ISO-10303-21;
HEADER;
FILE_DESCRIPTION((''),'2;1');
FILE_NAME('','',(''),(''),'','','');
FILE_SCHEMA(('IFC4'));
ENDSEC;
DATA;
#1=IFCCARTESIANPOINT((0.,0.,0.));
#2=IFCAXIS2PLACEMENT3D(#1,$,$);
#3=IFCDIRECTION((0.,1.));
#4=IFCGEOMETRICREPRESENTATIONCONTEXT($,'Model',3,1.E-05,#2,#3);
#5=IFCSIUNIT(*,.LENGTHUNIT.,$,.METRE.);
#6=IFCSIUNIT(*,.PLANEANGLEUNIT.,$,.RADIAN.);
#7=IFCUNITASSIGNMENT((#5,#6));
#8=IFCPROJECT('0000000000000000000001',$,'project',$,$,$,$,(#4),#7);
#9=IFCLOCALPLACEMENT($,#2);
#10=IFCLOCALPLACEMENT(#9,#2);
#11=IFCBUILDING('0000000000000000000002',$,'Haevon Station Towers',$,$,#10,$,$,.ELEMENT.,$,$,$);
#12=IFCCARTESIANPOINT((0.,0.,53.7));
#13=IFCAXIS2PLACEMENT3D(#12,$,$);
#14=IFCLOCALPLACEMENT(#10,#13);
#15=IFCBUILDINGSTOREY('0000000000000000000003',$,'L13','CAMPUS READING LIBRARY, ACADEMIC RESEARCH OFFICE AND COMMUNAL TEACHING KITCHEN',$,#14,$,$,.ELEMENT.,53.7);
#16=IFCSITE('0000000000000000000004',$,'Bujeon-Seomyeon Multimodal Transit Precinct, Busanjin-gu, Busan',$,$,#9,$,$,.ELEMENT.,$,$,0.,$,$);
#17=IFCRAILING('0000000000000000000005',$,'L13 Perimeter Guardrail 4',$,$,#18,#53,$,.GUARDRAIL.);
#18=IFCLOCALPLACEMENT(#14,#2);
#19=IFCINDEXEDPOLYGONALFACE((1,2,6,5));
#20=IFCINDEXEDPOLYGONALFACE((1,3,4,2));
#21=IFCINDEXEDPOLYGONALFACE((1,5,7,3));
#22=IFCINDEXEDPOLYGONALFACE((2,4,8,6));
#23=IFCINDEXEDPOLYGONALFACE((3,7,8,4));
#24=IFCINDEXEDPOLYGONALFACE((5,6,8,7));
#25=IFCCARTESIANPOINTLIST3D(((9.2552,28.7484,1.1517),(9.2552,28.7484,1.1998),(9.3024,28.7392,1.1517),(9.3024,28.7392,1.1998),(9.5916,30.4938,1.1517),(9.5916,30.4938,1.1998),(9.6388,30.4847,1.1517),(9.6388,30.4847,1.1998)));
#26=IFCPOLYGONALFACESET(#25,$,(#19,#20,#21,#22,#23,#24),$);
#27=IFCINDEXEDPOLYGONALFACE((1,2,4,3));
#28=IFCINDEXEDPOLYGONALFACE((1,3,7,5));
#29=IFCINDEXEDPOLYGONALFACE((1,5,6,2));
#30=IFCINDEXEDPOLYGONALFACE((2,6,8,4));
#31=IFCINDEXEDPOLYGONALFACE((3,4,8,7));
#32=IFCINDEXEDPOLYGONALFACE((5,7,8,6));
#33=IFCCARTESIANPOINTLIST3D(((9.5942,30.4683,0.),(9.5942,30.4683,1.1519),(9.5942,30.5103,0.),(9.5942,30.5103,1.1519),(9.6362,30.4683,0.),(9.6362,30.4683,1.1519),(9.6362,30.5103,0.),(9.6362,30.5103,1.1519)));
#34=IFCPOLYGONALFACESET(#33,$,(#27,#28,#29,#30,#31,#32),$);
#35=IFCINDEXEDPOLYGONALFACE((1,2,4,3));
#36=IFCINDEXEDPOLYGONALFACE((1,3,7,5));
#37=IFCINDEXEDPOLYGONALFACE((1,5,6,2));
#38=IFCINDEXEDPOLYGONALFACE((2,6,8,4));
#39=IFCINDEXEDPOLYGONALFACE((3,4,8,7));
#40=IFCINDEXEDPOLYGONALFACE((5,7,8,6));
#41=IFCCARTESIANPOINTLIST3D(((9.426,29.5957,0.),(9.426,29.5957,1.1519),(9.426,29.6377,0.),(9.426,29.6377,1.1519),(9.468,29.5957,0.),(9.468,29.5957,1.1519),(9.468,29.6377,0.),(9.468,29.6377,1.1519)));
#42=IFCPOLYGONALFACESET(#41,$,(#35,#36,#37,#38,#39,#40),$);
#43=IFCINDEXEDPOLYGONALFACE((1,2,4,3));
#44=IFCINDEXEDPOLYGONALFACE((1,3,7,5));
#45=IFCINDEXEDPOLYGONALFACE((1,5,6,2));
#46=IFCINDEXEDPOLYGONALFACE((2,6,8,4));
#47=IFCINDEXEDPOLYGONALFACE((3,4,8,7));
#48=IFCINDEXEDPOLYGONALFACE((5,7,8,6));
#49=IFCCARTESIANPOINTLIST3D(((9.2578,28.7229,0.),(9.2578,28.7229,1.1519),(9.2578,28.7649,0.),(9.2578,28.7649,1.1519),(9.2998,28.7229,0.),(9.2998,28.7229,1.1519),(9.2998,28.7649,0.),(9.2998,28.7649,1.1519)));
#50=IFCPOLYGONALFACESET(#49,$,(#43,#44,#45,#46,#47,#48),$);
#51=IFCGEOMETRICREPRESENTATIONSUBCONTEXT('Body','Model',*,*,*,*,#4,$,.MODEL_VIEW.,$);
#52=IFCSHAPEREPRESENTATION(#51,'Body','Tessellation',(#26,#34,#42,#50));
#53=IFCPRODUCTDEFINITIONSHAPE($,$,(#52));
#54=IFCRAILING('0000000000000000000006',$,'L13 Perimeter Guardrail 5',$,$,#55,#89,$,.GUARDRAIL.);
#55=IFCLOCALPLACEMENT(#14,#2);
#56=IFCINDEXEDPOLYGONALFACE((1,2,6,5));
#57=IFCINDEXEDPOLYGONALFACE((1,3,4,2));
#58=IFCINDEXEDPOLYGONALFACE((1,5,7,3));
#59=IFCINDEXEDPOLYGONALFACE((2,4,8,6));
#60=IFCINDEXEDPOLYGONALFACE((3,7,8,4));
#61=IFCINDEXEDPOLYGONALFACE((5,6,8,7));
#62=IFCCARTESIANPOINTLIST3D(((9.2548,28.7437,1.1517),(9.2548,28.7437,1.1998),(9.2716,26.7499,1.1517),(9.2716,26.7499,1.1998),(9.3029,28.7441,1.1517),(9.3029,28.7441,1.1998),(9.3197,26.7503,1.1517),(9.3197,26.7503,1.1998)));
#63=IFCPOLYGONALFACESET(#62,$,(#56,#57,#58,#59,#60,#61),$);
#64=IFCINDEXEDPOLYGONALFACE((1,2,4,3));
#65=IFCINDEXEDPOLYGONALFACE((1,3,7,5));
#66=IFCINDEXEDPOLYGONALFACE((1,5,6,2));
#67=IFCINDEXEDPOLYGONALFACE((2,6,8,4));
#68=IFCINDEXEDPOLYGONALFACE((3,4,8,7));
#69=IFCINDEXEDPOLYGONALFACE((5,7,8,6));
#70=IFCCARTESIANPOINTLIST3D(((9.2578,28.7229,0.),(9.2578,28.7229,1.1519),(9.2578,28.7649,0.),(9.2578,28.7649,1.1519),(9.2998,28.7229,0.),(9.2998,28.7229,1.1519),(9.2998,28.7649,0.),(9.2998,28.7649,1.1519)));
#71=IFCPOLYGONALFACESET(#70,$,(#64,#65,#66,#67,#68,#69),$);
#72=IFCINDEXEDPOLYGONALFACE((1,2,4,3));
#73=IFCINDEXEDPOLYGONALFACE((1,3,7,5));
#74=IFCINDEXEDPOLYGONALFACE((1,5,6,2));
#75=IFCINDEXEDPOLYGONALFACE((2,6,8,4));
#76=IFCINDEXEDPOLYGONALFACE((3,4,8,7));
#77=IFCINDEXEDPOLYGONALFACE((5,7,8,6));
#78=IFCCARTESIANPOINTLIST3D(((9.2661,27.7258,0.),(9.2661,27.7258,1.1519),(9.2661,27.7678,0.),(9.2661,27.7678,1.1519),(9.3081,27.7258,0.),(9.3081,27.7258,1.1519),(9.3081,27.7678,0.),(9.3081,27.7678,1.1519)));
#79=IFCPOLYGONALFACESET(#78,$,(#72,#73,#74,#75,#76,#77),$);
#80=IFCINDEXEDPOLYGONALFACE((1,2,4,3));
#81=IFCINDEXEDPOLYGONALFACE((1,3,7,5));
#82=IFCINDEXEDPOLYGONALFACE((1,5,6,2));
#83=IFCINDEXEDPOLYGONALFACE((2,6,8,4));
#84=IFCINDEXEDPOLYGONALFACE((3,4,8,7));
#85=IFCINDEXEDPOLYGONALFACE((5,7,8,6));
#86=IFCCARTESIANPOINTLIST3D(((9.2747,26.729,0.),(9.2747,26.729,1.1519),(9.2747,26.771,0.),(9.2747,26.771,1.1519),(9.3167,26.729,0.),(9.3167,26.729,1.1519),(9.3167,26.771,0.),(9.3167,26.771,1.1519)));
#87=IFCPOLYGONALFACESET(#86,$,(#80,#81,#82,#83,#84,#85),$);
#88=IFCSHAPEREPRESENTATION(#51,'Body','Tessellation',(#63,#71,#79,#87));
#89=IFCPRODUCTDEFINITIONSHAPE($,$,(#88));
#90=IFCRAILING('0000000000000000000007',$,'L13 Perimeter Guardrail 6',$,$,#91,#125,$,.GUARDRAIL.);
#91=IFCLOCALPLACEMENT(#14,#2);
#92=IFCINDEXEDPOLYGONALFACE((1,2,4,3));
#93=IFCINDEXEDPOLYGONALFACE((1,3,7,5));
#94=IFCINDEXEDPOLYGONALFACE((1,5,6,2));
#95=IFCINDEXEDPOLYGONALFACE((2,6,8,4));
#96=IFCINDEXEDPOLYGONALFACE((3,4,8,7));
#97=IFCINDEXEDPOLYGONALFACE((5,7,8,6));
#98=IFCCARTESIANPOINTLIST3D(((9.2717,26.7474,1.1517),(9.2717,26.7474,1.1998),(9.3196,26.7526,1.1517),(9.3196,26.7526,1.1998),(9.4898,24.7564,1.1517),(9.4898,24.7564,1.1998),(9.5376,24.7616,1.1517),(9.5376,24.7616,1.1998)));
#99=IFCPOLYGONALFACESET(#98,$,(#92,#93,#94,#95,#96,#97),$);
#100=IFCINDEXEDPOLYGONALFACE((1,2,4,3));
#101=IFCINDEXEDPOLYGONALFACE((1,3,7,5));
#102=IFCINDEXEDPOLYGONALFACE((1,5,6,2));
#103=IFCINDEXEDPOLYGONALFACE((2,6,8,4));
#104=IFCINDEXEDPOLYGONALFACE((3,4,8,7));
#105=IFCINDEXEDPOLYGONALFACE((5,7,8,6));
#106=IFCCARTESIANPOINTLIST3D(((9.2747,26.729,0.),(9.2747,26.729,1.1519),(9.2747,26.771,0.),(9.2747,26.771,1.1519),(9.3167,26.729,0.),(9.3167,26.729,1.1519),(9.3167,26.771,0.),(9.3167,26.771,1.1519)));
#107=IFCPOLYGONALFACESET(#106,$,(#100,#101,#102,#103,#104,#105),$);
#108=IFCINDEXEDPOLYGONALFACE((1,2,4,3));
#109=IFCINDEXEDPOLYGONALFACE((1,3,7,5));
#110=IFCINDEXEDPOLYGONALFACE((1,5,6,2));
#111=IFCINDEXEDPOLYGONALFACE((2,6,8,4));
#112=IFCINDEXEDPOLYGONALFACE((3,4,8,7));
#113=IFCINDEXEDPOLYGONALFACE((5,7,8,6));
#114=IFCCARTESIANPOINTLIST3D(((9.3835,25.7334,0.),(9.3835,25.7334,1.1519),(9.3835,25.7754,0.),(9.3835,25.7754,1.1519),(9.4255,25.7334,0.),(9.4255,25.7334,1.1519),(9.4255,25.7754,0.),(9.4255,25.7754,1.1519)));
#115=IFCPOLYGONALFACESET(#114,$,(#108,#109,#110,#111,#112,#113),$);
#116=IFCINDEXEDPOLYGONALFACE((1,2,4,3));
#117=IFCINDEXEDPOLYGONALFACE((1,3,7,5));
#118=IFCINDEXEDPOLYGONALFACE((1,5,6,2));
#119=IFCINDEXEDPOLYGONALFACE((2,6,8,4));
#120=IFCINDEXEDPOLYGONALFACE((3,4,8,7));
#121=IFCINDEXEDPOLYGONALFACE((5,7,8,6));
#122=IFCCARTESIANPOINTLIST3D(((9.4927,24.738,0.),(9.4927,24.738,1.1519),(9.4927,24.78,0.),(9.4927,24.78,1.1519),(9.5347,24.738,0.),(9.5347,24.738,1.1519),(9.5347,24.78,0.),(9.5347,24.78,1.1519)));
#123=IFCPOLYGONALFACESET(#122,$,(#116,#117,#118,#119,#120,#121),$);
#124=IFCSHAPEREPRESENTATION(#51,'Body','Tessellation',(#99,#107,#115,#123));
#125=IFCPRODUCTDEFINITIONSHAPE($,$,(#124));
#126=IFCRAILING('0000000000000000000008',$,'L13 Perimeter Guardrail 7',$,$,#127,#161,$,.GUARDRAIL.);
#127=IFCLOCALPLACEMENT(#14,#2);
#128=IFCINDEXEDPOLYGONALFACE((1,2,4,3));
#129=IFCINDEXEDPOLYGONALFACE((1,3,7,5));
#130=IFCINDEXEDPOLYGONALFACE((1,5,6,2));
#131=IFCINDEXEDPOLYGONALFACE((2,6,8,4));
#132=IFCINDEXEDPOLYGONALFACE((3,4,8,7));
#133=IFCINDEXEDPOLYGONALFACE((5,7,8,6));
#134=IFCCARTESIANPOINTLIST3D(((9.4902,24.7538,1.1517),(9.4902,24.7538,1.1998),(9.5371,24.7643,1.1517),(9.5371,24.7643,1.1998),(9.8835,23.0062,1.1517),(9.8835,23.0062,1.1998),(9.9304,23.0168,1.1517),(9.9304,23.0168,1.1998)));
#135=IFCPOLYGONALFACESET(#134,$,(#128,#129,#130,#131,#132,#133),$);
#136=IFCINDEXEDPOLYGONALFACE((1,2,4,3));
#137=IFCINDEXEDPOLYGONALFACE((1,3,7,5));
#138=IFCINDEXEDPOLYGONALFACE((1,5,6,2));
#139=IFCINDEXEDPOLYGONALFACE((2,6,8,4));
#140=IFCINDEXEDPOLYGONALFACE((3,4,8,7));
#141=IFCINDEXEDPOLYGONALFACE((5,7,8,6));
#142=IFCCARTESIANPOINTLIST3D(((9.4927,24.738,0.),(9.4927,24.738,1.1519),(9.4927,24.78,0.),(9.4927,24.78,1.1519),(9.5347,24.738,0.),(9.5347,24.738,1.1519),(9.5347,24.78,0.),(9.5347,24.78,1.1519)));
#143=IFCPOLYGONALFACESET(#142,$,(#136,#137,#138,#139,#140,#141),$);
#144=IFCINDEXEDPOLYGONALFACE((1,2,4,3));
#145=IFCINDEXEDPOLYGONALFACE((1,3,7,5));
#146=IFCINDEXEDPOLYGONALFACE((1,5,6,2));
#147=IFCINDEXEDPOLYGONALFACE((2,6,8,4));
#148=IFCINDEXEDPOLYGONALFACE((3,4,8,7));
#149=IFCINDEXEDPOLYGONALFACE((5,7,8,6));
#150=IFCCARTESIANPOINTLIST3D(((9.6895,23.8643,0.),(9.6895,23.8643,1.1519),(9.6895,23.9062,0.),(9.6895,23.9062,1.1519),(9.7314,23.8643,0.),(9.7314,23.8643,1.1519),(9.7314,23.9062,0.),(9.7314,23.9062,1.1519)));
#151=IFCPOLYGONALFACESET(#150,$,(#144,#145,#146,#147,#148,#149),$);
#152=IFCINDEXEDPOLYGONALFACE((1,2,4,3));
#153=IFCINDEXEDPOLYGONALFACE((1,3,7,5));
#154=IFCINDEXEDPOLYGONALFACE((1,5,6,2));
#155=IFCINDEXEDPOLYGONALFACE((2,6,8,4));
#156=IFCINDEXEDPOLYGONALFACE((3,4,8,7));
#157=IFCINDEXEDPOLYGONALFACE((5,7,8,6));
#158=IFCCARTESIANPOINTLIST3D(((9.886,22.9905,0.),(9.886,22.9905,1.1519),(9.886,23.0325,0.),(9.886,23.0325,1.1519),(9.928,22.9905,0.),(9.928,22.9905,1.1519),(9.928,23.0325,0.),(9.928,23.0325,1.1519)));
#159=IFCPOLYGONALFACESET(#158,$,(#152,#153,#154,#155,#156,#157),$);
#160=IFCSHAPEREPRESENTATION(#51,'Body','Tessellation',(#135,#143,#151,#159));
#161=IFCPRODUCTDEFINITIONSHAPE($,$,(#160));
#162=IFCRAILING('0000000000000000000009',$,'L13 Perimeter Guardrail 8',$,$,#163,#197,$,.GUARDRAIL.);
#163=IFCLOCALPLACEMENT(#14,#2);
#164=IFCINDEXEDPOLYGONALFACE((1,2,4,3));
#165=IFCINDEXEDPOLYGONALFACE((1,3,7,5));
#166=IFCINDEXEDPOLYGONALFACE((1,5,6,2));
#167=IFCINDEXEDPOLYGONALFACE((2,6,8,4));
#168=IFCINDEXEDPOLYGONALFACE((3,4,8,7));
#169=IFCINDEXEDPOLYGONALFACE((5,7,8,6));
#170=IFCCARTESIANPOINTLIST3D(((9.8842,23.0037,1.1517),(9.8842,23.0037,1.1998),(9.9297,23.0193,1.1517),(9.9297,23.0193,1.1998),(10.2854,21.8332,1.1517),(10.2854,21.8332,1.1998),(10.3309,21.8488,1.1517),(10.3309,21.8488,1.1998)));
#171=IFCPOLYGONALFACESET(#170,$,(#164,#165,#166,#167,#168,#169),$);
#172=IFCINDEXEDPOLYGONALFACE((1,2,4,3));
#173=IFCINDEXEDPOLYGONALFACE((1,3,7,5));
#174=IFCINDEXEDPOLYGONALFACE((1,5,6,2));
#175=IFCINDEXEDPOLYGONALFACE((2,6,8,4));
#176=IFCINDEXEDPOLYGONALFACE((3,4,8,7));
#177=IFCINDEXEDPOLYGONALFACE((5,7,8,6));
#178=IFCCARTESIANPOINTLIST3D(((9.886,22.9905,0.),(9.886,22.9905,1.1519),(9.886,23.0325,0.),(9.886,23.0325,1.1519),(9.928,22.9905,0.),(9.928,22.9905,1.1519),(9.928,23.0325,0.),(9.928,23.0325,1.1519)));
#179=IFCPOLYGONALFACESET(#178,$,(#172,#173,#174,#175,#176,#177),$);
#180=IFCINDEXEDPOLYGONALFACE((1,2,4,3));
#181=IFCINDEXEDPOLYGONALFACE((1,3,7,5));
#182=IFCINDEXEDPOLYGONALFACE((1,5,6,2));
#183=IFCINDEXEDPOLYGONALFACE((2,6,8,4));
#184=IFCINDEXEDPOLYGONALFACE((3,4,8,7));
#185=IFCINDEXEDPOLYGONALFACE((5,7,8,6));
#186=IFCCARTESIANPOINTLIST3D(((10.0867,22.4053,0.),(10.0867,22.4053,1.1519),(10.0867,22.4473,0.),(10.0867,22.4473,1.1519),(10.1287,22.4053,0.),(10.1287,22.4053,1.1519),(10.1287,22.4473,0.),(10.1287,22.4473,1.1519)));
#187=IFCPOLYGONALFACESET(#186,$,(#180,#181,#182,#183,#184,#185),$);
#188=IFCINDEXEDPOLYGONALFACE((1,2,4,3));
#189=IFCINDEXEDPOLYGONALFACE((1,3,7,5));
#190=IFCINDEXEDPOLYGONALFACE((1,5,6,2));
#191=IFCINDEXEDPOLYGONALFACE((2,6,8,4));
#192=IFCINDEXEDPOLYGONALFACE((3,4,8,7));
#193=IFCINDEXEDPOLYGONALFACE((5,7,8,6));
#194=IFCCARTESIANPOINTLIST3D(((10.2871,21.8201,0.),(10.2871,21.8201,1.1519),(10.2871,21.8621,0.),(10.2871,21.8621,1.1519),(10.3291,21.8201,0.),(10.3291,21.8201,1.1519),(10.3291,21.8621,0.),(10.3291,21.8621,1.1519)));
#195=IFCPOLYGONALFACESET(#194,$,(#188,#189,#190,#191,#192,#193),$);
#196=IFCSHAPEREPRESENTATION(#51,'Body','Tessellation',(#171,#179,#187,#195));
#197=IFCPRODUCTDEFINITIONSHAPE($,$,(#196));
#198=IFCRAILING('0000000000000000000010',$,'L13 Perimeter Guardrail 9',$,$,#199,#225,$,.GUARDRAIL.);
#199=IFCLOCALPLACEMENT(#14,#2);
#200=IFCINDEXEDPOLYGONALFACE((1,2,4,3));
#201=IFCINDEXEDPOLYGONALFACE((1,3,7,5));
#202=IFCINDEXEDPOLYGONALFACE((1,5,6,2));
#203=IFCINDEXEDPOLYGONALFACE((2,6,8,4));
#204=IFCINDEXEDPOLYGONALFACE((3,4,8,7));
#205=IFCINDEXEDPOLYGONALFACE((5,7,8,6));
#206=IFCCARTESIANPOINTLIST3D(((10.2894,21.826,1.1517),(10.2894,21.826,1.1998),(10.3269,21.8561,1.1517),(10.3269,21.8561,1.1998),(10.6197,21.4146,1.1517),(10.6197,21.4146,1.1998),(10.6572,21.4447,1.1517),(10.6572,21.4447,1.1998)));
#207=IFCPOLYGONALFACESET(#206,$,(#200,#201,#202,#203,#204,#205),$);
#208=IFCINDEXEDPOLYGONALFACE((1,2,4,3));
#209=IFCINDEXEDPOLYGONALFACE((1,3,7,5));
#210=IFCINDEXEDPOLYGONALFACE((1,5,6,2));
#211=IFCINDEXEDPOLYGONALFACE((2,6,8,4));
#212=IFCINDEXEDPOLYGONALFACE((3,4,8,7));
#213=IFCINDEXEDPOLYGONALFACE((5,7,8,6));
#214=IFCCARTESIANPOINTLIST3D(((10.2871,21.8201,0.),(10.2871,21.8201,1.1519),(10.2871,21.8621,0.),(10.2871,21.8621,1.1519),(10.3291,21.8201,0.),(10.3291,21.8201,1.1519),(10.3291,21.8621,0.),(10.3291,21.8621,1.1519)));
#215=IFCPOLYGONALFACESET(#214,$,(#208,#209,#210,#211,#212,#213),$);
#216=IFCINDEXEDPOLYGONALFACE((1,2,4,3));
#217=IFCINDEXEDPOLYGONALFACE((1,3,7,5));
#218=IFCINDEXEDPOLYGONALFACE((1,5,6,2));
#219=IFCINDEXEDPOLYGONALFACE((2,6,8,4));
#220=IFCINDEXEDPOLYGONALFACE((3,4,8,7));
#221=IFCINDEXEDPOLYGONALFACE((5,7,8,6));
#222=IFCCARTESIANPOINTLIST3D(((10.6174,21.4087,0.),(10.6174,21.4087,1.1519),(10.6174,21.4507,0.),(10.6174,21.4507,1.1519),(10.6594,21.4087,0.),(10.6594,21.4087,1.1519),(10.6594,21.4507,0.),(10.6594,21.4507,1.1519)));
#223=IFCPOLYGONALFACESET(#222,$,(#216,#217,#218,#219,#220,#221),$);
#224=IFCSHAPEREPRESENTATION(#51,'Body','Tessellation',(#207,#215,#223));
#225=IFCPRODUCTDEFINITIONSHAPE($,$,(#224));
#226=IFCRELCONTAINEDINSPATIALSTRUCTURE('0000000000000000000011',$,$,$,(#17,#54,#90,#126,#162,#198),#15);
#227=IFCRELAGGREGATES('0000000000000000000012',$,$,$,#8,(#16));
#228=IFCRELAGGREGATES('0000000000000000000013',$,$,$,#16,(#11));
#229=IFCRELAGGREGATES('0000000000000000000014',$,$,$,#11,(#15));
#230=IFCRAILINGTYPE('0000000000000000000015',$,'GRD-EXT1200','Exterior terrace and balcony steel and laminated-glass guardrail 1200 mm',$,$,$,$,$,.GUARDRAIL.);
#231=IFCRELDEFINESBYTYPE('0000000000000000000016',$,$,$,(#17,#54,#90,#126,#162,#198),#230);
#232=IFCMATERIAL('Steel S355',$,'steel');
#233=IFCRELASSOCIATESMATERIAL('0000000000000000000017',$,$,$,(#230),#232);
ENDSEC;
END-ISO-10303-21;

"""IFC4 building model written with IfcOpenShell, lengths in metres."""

from ifc_helpers import new_model, si_unit, direction, frame, origin, origin_2d, place, context, subcontext, project, spatial, rectangle, extrude, material, type_object, element, save


model = new_model("IFC4")

# Units and contexts
model_context = context("Model", 3, precision=1e-05, world=origin(), true_north=direction((0.0, 1.0)))
body_context = subcontext(model_context, "Body", "Model", "MODEL_VIEW")
ifc_project = project(units=[si_unit("LENGTHUNIT", "METRE"), si_unit("PLANEANGLEUNIT", "RADIAN")], contexts=[model_context])

# Site, building, storey
site_placement = place(None, origin())
site = spatial("IfcSite", under=ifc_project, at=site_placement, Name="Bujeon-Seomyeon Multimodal Transit Precinct, Busanjin-gu, Busan", CompositionType="ELEMENT", RefElevation=0.0)
building_placement = place(site_placement, origin())
building = spatial("IfcBuilding", under=site, at=building_placement, Name="Haevon Station Towers", CompositionType="ELEMENT")
storey_placement = place(building_placement, frame((0.0, 0.0, 53.7)))
storey = spatial("IfcBuildingStorey", under=building, at=storey_placement, Name="L13", Description="CAMPUS READING LIBRARY, ACADEMIC RESEARCH OFFICE AND COMMUNAL TEACHING KITCHEN", CompositionType="ELEMENT", Elevation=53.7)

# Shared definitions
ifc_material_1 = material(Name="Steel S355", Category="steel")

# Railings
railing_type = type_object("IfcRailingType", Name="GRD-EXT1200", Description="Exterior terrace and balcony steel and laminated-glass guardrail 1200 mm", PredefinedType="GUARDRAIL", material=ifc_material_1)
railing_1_placement = place(storey_placement, frame((9.6152, 30.4893, 0.0)))
element("IfcRailing", 1, at=railing_1_placement, inside=storey, type_object=railing_type, Name="L13 Perimeter Guardrail 4", PredefinedType="GUARDRAIL", context=body_context, shape_type="SweptSolid", body=[
    extrude(rectangle(XDim=0.0481, YDim=0.0481, at=origin_2d()), frame((0.0, 0.0, 1.1758), z_axis=(-0.18927, -0.981925, 0.0), x_axis=(0.981925, -0.18927, 0.0)), (0.0, 0.0, 1.0), 1.7776),
    extrude(rectangle(XDim=0.042, YDim=0.042, at=origin_2d()), origin(), (0.0, 0.0, 1.0), 1.1519),
    extrude(rectangle(XDim=0.042, YDim=0.042, at=origin_2d()), frame((-0.1682, -0.8726, 0.0)), (0.0, 0.0, 1.0), 1.1519),
    extrude(rectangle(XDim=0.042, YDim=0.042, at=origin_2d()), frame((-0.3364, -1.7454, 0.0)), (0.0, 0.0, 1.0), 1.1519),
])
railing_2_placement = place(storey_placement, frame((9.2788, 28.7439, 0.0)))
element("IfcRailing", 2, at=railing_2_placement, inside=storey, type_object=railing_type, Name="L13 Perimeter Guardrail 5", PredefinedType="GUARDRAIL", context=body_context, shape_type="SweptSolid", body=[
    extrude(rectangle(XDim=0.0481, YDim=0.0481, at=origin_2d()), frame((0.0, 0.0, 1.1758), z_axis=(0.008448, -0.999964, 0.0), x_axis=(0.999964, 0.008448, 0.0)), (0.0, 0.0, 1.0), 1.9939),
    extrude(rectangle(XDim=0.042, YDim=0.042, at=origin_2d()), origin(), (0.0, 0.0, 1.0), 1.1519),
    extrude(rectangle(XDim=0.042, YDim=0.042, at=origin_2d()), frame((0.0083, -0.9971, 0.0)), (0.0, 0.0, 1.0), 1.1519),
    extrude(rectangle(XDim=0.042, YDim=0.042, at=origin_2d()), frame((0.0168, -1.9939, 0.0)), (0.0, 0.0, 1.0), 1.1519),
])
railing_3_placement = place(storey_placement, frame((9.2957, 26.75, 0.0)))
element("IfcRailing", 3, at=railing_3_placement, inside=storey, type_object=railing_type, Name="L13 Perimeter Guardrail 6", PredefinedType="GUARDRAIL", context=body_context, shape_type="SweptSolid", body=[
    extrude(rectangle(XDim=0.0481, YDim=0.0481, at=origin_2d()), frame((0.0, 0.0, 1.1758), z_axis=(0.108853, -0.994058, 0.0), x_axis=(0.994058, 0.108853, 0.0)), (0.0, 0.0, 1.0), 2.0029),
    extrude(rectangle(XDim=0.042, YDim=0.042, at=origin_2d()), origin(), (0.0, 0.0, 1.0), 1.1519),
    extrude(rectangle(XDim=0.042, YDim=0.042, at=origin_2d()), frame((0.1089, -0.9956, 0.0)), (0.0, 0.0, 1.0), 1.1519),
    extrude(rectangle(XDim=0.042, YDim=0.042, at=origin_2d()), frame((0.218, -1.991, 0.0)), (0.0, 0.0, 1.0), 1.1519),
])
railing_4_placement = place(storey_placement, frame((9.5137, 24.759, 0.0)))
element("IfcRailing", 4, at=railing_4_placement, inside=storey, type_object=railing_type, Name="L13 Perimeter Guardrail 7", PredefinedType="GUARDRAIL", context=body_context, shape_type="SweptSolid", body=[
    extrude(rectangle(XDim=0.0481, YDim=0.0481, at=origin_2d()), frame((0.0, 0.0, 1.1758), z_axis=(0.219571, -0.975597, 0.0), x_axis=(0.975597, 0.219571, 0.0)), (0.0, 0.0, 1.0), 1.7913),
    extrude(rectangle(XDim=0.042, YDim=0.042, at=origin_2d()), origin(), (0.0, 0.0, 1.0), 1.1519),
    extrude(rectangle(XDim=0.042, YDim=0.042, at=origin_2d()), frame((0.1968, -0.8738, 0.0)), (0.0, 0.0, 1.0), 1.1519),
    extrude(rectangle(XDim=0.042, YDim=0.042, at=origin_2d()), frame((0.3933, -1.7476, 0.0)), (0.0, 0.0, 1.0), 1.1519),
])
railing_5_placement = place(storey_placement, frame((9.907, 23.0115, 0.0)))
element("IfcRailing", 5, at=railing_5_placement, inside=storey, type_object=railing_type, Name="L13 Perimeter Guardrail 8", PredefinedType="GUARDRAIL", context=body_context, shape_type="SweptSolid", body=[
    extrude(rectangle(XDim=0.0481, YDim=0.0481, at=origin_2d()), frame((0.0, 0.0, 1.1758), z_axis=(0.324208, -0.945986, 0.0), x_axis=(0.945986, 0.324208, 0.0)), (0.0, 0.0, 1.0), 1.2373),
    extrude(rectangle(XDim=0.042, YDim=0.042, at=origin_2d()), origin(), (0.0, 0.0, 1.0), 1.1519),
    extrude(rectangle(XDim=0.042, YDim=0.042, at=origin_2d()), frame((0.2007, -0.5852, 0.0)), (0.0, 0.0, 1.0), 1.1519),
    extrude(rectangle(XDim=0.042, YDim=0.042, at=origin_2d()), frame((0.4011, -1.1704, 0.0)), (0.0, 0.0, 1.0), 1.1519),
])
railing_6_placement = place(storey_placement, frame((10.3081, 21.8411, 0.0)))
element("IfcRailing", 6, at=railing_6_placement, inside=storey, type_object=railing_type, Name="L13 Perimeter Guardrail 9", PredefinedType="GUARDRAIL", context=body_context, shape_type="SweptSolid", body=[
    extrude(rectangle(XDim=0.0481, YDim=0.0481, at=origin_2d()), frame((0.0, 0.0, 1.1758), z_axis=(0.626105, -0.779739, 0.0), x_axis=(0.779739, 0.626105, 0.0)), (0.0, 0.0, 1.0), 0.5276),
    extrude(rectangle(XDim=0.042, YDim=0.042, at=origin_2d()), origin(), (0.0, 0.0, 1.0), 1.1519),
    extrude(rectangle(XDim=0.042, YDim=0.042, at=origin_2d()), frame((0.3303, -0.4114, 0.0)), (0.0, 0.0, 1.0), 1.1519),
])

save(model, "model.ifc")
